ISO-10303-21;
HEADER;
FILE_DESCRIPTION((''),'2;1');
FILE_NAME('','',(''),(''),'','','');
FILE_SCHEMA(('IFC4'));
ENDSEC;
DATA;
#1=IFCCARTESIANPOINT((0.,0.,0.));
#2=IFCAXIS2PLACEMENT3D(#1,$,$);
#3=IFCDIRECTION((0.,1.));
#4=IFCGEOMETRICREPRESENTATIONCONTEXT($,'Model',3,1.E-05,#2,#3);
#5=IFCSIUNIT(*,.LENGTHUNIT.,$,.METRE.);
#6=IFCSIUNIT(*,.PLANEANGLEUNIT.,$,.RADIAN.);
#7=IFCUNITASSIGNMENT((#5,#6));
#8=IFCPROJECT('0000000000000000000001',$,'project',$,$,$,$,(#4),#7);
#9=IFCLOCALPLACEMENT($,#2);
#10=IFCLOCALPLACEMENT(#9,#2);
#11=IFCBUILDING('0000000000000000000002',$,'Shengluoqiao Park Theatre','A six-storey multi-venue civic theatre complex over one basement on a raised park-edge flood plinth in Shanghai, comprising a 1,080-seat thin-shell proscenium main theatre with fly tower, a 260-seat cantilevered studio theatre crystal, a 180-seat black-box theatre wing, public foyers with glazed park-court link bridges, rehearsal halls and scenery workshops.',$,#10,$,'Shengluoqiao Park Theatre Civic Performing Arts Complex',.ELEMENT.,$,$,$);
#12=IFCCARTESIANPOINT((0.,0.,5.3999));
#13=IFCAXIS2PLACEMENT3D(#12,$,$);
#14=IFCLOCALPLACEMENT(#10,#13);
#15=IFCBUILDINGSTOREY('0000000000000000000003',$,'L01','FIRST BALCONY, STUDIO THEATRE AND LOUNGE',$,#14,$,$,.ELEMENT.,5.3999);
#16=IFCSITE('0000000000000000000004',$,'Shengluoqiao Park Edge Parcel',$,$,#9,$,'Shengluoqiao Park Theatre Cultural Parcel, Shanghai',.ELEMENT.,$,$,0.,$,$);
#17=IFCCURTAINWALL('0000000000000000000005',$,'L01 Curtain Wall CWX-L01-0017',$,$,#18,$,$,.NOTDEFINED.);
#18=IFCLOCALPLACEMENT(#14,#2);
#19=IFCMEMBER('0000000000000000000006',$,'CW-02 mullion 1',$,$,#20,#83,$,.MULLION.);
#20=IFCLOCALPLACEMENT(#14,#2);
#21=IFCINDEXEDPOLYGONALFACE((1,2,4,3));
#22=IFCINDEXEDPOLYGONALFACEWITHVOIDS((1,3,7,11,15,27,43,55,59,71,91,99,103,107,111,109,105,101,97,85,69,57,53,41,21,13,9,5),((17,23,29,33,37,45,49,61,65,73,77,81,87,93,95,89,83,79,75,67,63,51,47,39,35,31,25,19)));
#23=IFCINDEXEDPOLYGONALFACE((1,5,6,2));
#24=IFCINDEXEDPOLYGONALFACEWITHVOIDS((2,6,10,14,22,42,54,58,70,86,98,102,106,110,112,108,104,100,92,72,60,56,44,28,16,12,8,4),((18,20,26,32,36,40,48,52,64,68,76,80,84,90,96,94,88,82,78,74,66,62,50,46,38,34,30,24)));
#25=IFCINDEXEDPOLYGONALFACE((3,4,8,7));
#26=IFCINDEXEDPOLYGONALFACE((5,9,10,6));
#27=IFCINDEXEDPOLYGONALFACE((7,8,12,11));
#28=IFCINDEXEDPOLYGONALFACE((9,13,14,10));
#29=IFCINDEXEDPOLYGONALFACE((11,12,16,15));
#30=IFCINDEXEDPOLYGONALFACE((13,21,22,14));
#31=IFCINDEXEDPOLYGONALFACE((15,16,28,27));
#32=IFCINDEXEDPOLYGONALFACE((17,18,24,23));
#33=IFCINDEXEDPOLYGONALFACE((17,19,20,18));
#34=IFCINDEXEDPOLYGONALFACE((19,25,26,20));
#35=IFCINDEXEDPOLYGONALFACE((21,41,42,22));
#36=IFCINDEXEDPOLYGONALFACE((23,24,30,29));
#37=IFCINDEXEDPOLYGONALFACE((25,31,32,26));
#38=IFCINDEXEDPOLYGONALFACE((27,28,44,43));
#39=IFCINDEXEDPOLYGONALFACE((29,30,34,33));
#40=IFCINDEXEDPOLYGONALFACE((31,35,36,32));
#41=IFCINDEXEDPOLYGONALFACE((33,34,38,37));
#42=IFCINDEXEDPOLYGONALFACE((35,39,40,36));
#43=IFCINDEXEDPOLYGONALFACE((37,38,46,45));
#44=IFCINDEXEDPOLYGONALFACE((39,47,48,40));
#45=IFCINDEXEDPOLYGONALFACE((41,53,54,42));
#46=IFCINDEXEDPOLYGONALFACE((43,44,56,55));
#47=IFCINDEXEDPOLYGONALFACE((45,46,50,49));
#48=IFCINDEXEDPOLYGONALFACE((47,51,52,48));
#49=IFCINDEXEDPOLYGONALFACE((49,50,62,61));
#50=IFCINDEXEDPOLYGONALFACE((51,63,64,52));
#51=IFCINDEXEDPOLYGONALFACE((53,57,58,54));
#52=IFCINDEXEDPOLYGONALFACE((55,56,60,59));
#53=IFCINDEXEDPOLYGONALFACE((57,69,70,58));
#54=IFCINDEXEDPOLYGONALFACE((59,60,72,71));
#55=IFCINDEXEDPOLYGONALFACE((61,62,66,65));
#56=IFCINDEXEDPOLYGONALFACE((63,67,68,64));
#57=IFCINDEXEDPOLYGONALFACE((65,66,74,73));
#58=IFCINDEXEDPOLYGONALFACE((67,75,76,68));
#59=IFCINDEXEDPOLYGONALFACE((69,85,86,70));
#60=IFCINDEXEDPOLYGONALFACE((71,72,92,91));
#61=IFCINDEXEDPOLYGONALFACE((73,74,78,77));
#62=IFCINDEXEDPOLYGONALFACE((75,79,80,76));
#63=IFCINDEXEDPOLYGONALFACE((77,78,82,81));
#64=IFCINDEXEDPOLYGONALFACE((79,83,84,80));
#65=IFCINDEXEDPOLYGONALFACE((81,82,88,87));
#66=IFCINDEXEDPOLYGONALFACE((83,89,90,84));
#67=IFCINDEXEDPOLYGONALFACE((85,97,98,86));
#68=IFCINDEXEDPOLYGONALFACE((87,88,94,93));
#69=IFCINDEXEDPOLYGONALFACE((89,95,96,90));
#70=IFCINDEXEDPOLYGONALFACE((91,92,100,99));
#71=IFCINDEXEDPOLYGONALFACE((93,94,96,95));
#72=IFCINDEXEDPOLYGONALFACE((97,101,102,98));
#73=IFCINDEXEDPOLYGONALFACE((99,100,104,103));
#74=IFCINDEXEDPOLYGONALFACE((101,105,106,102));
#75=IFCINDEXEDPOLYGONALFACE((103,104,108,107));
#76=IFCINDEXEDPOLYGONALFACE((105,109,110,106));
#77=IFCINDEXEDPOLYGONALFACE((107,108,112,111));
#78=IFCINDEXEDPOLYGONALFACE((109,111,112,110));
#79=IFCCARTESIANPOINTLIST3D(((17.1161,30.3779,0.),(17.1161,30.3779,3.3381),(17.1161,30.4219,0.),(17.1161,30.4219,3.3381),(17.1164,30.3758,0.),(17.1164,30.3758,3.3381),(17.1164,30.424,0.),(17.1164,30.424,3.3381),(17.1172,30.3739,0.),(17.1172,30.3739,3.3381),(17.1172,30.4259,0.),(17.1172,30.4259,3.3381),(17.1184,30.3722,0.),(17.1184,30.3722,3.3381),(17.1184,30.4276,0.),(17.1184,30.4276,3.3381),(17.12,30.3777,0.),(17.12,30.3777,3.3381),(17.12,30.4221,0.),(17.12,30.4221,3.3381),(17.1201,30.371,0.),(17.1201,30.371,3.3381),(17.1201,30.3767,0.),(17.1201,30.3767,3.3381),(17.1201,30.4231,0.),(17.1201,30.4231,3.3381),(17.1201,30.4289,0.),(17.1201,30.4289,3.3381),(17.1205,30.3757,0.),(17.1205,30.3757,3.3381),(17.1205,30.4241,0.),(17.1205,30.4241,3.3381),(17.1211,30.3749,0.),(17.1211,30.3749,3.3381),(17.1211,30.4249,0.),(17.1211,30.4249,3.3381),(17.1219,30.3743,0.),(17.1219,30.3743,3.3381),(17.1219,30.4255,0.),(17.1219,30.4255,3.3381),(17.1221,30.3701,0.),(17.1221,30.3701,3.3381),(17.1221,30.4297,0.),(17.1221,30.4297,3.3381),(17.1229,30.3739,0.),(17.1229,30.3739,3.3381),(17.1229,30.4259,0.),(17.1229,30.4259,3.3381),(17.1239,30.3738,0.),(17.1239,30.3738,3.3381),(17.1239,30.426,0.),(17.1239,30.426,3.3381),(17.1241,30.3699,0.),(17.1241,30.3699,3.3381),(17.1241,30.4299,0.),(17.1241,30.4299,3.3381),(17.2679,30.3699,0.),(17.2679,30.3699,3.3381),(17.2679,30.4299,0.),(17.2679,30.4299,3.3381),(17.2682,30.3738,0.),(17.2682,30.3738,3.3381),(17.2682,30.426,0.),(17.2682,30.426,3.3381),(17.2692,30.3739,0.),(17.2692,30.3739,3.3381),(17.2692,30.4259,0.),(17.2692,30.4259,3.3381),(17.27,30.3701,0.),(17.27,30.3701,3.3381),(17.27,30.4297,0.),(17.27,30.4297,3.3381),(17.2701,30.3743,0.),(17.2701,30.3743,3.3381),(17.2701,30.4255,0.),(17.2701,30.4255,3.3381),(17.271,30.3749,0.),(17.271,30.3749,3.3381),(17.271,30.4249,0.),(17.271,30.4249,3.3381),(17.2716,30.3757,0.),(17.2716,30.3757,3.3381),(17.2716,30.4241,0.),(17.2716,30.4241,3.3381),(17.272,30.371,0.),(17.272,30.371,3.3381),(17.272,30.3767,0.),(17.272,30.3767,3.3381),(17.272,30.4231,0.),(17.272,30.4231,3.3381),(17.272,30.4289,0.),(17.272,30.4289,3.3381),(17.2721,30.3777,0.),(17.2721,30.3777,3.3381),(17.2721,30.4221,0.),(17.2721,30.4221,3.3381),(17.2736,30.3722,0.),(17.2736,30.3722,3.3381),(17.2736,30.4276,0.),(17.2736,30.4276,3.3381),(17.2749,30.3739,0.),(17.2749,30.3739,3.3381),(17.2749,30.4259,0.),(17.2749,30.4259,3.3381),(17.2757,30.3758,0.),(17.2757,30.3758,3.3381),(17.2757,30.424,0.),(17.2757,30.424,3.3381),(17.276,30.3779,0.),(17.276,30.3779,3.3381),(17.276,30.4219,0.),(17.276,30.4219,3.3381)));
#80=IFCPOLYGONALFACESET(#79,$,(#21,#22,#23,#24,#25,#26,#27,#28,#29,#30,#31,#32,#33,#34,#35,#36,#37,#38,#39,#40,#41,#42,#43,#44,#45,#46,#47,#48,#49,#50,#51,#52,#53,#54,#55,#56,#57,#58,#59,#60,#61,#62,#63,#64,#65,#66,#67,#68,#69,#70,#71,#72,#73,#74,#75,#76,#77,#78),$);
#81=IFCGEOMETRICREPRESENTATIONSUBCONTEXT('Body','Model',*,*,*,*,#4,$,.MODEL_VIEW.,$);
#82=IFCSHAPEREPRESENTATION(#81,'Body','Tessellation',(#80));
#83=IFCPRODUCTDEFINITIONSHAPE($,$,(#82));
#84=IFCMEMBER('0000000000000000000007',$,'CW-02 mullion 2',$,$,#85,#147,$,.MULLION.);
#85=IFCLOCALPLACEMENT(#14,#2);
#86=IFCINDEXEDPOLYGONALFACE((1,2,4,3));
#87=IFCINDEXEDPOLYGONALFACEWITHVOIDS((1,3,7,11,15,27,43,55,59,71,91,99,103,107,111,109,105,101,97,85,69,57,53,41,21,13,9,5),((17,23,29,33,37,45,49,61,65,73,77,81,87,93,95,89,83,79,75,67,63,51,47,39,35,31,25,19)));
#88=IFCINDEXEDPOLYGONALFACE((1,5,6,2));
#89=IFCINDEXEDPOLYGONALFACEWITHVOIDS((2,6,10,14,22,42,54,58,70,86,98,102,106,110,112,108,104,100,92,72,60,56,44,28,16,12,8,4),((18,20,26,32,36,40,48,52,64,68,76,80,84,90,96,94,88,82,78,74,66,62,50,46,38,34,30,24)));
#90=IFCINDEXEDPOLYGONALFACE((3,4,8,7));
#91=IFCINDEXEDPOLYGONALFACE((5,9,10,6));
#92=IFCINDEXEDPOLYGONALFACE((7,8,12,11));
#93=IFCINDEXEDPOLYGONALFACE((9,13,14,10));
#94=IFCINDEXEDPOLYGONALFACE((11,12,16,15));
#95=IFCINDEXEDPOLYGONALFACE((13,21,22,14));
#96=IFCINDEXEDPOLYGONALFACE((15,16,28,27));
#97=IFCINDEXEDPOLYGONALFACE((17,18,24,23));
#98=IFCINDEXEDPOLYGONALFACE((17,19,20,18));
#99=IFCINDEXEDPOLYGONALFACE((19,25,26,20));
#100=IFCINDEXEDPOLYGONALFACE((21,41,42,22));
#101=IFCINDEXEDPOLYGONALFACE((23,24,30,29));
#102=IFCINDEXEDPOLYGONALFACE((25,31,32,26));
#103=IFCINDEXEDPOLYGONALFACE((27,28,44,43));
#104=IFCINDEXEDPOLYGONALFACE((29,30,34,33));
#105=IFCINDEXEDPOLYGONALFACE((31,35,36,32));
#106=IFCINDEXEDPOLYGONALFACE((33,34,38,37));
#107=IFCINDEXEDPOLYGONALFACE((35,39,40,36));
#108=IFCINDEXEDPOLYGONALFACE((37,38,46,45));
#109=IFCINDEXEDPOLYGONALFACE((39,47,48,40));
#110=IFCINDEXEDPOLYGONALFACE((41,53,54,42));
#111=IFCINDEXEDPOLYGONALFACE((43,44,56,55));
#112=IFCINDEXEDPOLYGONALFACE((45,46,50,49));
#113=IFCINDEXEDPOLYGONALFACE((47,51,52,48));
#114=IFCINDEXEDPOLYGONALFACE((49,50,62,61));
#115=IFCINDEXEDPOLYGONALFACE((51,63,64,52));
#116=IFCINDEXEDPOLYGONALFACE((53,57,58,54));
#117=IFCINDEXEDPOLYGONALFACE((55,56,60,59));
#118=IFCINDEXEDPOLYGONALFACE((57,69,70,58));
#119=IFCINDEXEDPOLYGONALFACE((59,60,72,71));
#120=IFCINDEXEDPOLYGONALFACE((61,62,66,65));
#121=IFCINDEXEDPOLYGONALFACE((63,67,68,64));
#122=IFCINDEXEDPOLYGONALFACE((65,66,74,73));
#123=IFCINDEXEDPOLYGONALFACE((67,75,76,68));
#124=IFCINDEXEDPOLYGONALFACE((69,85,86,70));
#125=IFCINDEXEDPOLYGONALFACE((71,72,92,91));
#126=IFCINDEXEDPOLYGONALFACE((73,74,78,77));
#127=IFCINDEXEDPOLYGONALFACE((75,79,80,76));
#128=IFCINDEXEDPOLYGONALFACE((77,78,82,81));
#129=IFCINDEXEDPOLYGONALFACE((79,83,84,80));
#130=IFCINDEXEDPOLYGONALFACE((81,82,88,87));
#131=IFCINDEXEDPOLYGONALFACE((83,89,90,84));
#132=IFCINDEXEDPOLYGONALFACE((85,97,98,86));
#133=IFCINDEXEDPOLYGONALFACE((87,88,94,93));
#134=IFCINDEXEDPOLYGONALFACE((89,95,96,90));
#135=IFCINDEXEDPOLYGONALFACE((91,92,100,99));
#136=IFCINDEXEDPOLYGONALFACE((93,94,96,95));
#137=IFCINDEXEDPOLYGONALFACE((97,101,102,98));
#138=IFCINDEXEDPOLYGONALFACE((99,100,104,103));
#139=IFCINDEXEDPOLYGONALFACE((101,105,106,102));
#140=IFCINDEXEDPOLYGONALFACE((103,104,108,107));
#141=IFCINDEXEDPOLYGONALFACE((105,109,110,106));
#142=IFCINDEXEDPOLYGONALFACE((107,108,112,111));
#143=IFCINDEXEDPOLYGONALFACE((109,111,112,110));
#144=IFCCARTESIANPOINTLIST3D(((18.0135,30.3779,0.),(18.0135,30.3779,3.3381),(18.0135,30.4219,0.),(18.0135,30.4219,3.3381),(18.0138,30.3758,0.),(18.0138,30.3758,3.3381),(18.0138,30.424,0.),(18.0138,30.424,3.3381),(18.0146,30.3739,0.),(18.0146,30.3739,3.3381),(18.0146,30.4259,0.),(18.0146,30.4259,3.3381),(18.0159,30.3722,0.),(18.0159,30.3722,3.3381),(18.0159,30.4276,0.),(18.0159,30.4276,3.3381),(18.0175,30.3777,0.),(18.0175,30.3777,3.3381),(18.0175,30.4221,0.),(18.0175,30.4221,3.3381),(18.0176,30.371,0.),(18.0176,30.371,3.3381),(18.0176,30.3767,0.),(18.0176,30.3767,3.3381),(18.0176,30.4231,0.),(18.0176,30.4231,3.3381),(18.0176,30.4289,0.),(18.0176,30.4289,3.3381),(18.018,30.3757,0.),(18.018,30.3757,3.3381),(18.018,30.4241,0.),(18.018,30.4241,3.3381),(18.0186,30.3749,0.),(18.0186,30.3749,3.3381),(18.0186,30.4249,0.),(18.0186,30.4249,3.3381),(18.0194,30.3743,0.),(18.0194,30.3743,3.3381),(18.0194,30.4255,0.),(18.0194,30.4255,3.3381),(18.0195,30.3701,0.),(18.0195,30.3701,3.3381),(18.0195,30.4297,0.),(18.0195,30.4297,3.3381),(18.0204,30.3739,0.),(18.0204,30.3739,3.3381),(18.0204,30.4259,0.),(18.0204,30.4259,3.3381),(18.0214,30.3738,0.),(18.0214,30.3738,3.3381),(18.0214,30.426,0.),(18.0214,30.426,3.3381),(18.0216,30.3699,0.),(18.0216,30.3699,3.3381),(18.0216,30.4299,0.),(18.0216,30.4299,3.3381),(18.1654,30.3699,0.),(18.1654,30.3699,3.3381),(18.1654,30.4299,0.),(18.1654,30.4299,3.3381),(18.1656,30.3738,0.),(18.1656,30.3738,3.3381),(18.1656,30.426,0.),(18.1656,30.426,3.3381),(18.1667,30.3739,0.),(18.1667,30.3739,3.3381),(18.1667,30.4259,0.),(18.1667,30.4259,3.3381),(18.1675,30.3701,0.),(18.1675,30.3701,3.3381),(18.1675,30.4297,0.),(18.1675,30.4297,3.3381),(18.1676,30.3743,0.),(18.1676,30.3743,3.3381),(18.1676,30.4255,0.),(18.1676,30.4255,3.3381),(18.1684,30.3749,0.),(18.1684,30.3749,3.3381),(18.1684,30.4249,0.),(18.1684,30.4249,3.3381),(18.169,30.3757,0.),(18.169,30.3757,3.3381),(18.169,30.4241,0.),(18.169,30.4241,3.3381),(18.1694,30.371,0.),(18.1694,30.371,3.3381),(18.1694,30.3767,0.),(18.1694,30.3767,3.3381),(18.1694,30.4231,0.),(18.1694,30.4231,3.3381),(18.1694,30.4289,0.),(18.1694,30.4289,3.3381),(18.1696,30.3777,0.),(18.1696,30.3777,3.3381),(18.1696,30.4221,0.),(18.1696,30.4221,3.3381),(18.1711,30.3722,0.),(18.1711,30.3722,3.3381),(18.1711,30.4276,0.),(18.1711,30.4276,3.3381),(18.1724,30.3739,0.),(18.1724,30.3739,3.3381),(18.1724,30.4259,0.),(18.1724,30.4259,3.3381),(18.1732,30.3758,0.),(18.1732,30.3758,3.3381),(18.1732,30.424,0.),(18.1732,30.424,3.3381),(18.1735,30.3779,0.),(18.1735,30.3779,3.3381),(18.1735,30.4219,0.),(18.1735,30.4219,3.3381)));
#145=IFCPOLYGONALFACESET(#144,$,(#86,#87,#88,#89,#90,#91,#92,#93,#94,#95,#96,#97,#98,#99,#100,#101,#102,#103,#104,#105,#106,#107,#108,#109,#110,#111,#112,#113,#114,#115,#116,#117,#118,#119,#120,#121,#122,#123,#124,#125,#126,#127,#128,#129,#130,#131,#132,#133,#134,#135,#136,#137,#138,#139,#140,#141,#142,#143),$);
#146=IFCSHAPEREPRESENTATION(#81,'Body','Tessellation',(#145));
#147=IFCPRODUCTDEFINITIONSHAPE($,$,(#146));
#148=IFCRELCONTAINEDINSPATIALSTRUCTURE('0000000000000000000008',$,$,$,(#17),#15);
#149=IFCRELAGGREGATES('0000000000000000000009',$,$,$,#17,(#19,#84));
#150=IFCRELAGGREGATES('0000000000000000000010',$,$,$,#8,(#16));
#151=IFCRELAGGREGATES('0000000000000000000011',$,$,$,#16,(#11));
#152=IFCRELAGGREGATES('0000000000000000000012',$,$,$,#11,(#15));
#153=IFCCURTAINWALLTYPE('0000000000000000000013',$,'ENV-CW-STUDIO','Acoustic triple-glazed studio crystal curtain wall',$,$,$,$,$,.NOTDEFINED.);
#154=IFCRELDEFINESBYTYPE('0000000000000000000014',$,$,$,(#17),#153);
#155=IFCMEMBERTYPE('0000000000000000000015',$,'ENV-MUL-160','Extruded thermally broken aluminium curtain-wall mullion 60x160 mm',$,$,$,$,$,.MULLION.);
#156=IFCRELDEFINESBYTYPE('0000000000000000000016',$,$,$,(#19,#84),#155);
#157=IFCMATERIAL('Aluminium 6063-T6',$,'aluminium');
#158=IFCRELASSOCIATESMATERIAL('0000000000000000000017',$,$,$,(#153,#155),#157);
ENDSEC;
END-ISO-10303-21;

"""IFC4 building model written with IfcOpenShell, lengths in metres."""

from ifc_helpers import new_model, si_unit, direction, frame, origin, origin_2d, place, context, subcontext, project, spatial, hollow_rectangle, extrude, material, material_profile, profile_set, type_object, element, aggregate, save


model = new_model("IFC4")

# Units and contexts
model_context = context("Model", 3, precision=1e-05, world=origin(), true_north=direction((0.0, 1.0)))
body_context = subcontext(model_context, "Body", "Model", "MODEL_VIEW")
ifc_project = project(units=[si_unit("LENGTHUNIT", "METRE"), si_unit("PLANEANGLEUNIT", "RADIAN")], contexts=[model_context])

# Site, building, storey
site_placement = place(None, origin())
site = spatial("IfcSite", under=ifc_project, at=site_placement, Name="Shengluoqiao Park Edge Parcel", LongName="Shengluoqiao Park Theatre Cultural Parcel, Shanghai", CompositionType="ELEMENT", RefElevation=0.0)
building_placement = place(site_placement, origin())
building = spatial("IfcBuilding", under=site, at=building_placement, Name="Shengluoqiao Park Theatre", Description="A six-storey multi-venue civic theatre complex over one basement on a raised park-edge flood plinth in Shanghai, comprising a 1,080-seat thin-shell proscenium main theatre with fly tower, a 260-seat cantilevered studio theatre crystal, a 180-seat black-box theatre wing, public foyers with glazed park-court link bridges, rehearsal halls and scenery workshops.", LongName="Shengluoqiao Park Theatre Civic Performing Arts Complex", CompositionType="ELEMENT")
storey_placement = place(building_placement, frame((0.0, 0.0, 5.3999)))
storey = spatial("IfcBuildingStorey", under=building, at=storey_placement, Name="L01", Description="FIRST BALCONY, STUDIO THEATRE AND LOUNGE", CompositionType="ELEMENT", Elevation=5.3999)

# Curtain wall, members
ifc_material_1 = material(Name="Aluminium 6063-T6", Category="aluminium")
curtain_wall_type = type_object("IfcCurtainWallType", Name="ENV-CW-STUDIO", Description="Acoustic triple-glazed studio crystal curtain wall", PredefinedType="NOTDEFINED", material=ifc_material_1)
ifc_material_profile_1 = material_profile(ifc_material_1, hollow_rectangle(XDim=0.0601, YDim=0.1599, WallThickness=0.0039, InnerFilletRadius=0.0039, OuterFilletRadius=0.0081, at=origin_2d()), Name="ALU MULLION 160x60x4")
ifc_profile_set_1 = profile_set([ifc_material_profile_1], Name="Aluminium 6063-T6")
member_type_1 = type_object("IfcMemberType", Name="ENV-MUL-160", Description="Extruded thermally broken aluminium curtain-wall mullion 60x160 mm", PredefinedType="MULLION", material=ifc_profile_set_1)
curtain_wall_1_placement = place(storey_placement, origin())
curtain_wall_1 = element("IfcCurtainWall", 1, at=curtain_wall_1_placement, inside=storey, type_object=curtain_wall_type, Name="L01 Curtain Wall CWX-L01-0017", PredefinedType="NOTDEFINED")
member_1_placement = place(storey_placement, frame((17.196, 30.3999, 0.0), z_axis=(0.0, 0.0, 1.0), x_axis=(0.0, 1.0, 0.0)))
member_1 = element("IfcMember", 2, at=member_1_placement, type_object=member_type_1, Name="CW-02 mullion 1", PredefinedType="MULLION", context=body_context, shape_type="SweptSolid", body=[
    extrude(hollow_rectangle(XDim=0.0601, YDim=0.1599, WallThickness=0.0039, InnerFilletRadius=0.0039, OuterFilletRadius=0.0081, at=origin_2d()), origin(), (0.0, 0.0, 1.0), 3.3381),
])
member_2_placement = place(storey_placement, frame((18.0935, 30.3999, 0.0), z_axis=(0.0, 0.0, 1.0), x_axis=(0.0, 1.0, 0.0)))
member_2 = element("IfcMember", 3, at=member_2_placement, type_object=member_type_1, Name="CW-02 mullion 2", PredefinedType="MULLION", context=body_context, shape_type="SweptSolid", body=[
    extrude(hollow_rectangle(XDim=0.0601, YDim=0.1599, WallThickness=0.0039, InnerFilletRadius=0.0039, OuterFilletRadius=0.0081, at=origin_2d()), origin(), (0.0, 0.0, 1.0), 3.3381),
])

aggregate(curtain_wall_1, [member_1, member_2])

save(model, "model.ifc")
